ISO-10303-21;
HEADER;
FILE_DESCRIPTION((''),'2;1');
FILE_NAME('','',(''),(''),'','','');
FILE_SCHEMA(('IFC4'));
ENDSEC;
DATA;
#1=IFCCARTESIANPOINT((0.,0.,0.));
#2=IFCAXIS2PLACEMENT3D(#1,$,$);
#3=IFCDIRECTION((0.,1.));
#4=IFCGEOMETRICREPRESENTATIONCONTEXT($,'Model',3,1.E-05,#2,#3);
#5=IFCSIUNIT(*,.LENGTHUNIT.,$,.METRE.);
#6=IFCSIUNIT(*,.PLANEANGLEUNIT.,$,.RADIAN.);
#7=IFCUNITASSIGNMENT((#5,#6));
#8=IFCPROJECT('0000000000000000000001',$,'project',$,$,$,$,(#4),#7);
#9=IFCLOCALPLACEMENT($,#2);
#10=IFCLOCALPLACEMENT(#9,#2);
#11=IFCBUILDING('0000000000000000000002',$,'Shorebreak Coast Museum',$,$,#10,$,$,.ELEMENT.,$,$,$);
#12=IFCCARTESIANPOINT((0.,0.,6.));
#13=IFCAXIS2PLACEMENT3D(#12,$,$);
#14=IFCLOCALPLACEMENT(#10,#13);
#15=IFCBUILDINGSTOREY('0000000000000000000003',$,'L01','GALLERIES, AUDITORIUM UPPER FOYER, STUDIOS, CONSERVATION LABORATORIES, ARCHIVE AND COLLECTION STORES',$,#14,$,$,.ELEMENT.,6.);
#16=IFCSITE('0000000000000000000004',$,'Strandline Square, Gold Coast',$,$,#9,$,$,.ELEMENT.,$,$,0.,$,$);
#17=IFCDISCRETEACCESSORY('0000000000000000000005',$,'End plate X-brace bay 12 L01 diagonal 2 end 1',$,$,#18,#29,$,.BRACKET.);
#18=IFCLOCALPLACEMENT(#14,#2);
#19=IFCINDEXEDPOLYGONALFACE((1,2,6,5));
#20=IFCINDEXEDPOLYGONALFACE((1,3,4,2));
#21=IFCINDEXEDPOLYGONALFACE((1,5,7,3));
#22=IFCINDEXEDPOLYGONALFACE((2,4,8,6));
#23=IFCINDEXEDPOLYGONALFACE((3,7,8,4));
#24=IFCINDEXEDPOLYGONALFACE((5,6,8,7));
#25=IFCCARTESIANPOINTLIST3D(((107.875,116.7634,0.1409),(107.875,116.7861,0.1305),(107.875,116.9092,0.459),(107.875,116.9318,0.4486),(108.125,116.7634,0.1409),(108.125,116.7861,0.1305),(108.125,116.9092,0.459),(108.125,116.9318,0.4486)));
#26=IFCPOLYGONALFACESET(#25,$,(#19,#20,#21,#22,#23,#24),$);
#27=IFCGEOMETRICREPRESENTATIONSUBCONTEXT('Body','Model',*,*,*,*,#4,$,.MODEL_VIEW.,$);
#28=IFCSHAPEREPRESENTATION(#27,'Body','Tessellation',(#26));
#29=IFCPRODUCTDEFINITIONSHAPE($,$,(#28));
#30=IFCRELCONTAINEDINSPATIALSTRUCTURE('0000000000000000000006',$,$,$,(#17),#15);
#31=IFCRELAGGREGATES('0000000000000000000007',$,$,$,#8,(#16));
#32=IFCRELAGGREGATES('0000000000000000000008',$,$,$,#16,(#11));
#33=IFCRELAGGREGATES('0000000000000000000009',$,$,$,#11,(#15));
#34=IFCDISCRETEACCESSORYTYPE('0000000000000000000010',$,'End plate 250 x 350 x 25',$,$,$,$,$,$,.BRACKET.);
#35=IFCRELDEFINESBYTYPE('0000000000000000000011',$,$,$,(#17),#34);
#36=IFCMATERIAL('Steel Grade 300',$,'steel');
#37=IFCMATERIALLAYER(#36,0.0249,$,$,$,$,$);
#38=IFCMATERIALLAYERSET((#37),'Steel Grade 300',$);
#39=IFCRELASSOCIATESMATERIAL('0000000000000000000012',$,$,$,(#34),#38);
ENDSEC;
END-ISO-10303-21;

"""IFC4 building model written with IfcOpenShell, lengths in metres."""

from ifc_helpers import new_model, si_unit, direction, frame, origin, place, context, subcontext, project, spatial, polyline, outline, extrude, material, layer, layer_set, type_object, element, save


model = new_model("IFC4")

# Units and contexts
model_context = context("Model", 3, precision=1e-05, world=origin(), true_north=direction((0.0, 1.0)))
body_context = subcontext(model_context, "Body", "Model", "MODEL_VIEW")
ifc_project = project(units=[si_unit("LENGTHUNIT", "METRE"), si_unit("PLANEANGLEUNIT", "RADIAN")], contexts=[model_context])

# Site, building, storey
site_placement = place(None, origin())
site = spatial("IfcSite", under=ifc_project, at=site_placement, Name="Strandline Square, Gold Coast", CompositionType="ELEMENT", RefElevation=0.0)
building_placement = place(site_placement, origin())
building = spatial("IfcBuilding", under=site, at=building_placement, Name="Shorebreak Coast Museum", CompositionType="ELEMENT")
storey_placement = place(building_placement, frame((0.0, 0.0, 6.0)))
storey = spatial("IfcBuildingStorey", under=building, at=storey_placement, Name="L01", Description="GALLERIES, AUDITORIUM UPPER FOYER, STUDIOS, CONSERVATION LABORATORIES, ARCHIVE AND COLLECTION STORES", CompositionType="ELEMENT", Elevation=6.0)

# Discrete accessory
ifc_material_1 = material(Name="Steel Grade 300", Category="steel")
ifc_layer_1 = layer(ifc_material_1, 0.0249)
ifc_layer_set_1 = layer_set([ifc_layer_1], Name="Steel Grade 300")
discrete_accessory_type = type_object("IfcDiscreteAccessoryType", Name="End plate 250 x 350 x 25", PredefinedType="BRACKET", material=ifc_layer_set_1)
discrete_accessory_placement = place(storey_placement, frame((107.875, 116.7634, 0.1409), z_axis=(0.0, -0.90912, 0.416535), x_axis=(1.0, 0.0, 0.0)))
element("IfcDiscreteAccessory", 1, at=discrete_accessory_placement, inside=storey, type_object=discrete_accessory_type, Name="End plate X-brace bay 12 L01 diagonal 2 end 1", PredefinedType="BRACKET", context=body_context, shape_type="SweptSolid", body=[
    extrude(outline(polyline([(0.0, 0.0), (0.25, 0.0), (0.25, 0.3499), (0.0, 0.3499), (0.0, 0.0)])), origin(), (0.0, 0.0, -1.0), 0.0249),
])

save(model, "model.ifc")
